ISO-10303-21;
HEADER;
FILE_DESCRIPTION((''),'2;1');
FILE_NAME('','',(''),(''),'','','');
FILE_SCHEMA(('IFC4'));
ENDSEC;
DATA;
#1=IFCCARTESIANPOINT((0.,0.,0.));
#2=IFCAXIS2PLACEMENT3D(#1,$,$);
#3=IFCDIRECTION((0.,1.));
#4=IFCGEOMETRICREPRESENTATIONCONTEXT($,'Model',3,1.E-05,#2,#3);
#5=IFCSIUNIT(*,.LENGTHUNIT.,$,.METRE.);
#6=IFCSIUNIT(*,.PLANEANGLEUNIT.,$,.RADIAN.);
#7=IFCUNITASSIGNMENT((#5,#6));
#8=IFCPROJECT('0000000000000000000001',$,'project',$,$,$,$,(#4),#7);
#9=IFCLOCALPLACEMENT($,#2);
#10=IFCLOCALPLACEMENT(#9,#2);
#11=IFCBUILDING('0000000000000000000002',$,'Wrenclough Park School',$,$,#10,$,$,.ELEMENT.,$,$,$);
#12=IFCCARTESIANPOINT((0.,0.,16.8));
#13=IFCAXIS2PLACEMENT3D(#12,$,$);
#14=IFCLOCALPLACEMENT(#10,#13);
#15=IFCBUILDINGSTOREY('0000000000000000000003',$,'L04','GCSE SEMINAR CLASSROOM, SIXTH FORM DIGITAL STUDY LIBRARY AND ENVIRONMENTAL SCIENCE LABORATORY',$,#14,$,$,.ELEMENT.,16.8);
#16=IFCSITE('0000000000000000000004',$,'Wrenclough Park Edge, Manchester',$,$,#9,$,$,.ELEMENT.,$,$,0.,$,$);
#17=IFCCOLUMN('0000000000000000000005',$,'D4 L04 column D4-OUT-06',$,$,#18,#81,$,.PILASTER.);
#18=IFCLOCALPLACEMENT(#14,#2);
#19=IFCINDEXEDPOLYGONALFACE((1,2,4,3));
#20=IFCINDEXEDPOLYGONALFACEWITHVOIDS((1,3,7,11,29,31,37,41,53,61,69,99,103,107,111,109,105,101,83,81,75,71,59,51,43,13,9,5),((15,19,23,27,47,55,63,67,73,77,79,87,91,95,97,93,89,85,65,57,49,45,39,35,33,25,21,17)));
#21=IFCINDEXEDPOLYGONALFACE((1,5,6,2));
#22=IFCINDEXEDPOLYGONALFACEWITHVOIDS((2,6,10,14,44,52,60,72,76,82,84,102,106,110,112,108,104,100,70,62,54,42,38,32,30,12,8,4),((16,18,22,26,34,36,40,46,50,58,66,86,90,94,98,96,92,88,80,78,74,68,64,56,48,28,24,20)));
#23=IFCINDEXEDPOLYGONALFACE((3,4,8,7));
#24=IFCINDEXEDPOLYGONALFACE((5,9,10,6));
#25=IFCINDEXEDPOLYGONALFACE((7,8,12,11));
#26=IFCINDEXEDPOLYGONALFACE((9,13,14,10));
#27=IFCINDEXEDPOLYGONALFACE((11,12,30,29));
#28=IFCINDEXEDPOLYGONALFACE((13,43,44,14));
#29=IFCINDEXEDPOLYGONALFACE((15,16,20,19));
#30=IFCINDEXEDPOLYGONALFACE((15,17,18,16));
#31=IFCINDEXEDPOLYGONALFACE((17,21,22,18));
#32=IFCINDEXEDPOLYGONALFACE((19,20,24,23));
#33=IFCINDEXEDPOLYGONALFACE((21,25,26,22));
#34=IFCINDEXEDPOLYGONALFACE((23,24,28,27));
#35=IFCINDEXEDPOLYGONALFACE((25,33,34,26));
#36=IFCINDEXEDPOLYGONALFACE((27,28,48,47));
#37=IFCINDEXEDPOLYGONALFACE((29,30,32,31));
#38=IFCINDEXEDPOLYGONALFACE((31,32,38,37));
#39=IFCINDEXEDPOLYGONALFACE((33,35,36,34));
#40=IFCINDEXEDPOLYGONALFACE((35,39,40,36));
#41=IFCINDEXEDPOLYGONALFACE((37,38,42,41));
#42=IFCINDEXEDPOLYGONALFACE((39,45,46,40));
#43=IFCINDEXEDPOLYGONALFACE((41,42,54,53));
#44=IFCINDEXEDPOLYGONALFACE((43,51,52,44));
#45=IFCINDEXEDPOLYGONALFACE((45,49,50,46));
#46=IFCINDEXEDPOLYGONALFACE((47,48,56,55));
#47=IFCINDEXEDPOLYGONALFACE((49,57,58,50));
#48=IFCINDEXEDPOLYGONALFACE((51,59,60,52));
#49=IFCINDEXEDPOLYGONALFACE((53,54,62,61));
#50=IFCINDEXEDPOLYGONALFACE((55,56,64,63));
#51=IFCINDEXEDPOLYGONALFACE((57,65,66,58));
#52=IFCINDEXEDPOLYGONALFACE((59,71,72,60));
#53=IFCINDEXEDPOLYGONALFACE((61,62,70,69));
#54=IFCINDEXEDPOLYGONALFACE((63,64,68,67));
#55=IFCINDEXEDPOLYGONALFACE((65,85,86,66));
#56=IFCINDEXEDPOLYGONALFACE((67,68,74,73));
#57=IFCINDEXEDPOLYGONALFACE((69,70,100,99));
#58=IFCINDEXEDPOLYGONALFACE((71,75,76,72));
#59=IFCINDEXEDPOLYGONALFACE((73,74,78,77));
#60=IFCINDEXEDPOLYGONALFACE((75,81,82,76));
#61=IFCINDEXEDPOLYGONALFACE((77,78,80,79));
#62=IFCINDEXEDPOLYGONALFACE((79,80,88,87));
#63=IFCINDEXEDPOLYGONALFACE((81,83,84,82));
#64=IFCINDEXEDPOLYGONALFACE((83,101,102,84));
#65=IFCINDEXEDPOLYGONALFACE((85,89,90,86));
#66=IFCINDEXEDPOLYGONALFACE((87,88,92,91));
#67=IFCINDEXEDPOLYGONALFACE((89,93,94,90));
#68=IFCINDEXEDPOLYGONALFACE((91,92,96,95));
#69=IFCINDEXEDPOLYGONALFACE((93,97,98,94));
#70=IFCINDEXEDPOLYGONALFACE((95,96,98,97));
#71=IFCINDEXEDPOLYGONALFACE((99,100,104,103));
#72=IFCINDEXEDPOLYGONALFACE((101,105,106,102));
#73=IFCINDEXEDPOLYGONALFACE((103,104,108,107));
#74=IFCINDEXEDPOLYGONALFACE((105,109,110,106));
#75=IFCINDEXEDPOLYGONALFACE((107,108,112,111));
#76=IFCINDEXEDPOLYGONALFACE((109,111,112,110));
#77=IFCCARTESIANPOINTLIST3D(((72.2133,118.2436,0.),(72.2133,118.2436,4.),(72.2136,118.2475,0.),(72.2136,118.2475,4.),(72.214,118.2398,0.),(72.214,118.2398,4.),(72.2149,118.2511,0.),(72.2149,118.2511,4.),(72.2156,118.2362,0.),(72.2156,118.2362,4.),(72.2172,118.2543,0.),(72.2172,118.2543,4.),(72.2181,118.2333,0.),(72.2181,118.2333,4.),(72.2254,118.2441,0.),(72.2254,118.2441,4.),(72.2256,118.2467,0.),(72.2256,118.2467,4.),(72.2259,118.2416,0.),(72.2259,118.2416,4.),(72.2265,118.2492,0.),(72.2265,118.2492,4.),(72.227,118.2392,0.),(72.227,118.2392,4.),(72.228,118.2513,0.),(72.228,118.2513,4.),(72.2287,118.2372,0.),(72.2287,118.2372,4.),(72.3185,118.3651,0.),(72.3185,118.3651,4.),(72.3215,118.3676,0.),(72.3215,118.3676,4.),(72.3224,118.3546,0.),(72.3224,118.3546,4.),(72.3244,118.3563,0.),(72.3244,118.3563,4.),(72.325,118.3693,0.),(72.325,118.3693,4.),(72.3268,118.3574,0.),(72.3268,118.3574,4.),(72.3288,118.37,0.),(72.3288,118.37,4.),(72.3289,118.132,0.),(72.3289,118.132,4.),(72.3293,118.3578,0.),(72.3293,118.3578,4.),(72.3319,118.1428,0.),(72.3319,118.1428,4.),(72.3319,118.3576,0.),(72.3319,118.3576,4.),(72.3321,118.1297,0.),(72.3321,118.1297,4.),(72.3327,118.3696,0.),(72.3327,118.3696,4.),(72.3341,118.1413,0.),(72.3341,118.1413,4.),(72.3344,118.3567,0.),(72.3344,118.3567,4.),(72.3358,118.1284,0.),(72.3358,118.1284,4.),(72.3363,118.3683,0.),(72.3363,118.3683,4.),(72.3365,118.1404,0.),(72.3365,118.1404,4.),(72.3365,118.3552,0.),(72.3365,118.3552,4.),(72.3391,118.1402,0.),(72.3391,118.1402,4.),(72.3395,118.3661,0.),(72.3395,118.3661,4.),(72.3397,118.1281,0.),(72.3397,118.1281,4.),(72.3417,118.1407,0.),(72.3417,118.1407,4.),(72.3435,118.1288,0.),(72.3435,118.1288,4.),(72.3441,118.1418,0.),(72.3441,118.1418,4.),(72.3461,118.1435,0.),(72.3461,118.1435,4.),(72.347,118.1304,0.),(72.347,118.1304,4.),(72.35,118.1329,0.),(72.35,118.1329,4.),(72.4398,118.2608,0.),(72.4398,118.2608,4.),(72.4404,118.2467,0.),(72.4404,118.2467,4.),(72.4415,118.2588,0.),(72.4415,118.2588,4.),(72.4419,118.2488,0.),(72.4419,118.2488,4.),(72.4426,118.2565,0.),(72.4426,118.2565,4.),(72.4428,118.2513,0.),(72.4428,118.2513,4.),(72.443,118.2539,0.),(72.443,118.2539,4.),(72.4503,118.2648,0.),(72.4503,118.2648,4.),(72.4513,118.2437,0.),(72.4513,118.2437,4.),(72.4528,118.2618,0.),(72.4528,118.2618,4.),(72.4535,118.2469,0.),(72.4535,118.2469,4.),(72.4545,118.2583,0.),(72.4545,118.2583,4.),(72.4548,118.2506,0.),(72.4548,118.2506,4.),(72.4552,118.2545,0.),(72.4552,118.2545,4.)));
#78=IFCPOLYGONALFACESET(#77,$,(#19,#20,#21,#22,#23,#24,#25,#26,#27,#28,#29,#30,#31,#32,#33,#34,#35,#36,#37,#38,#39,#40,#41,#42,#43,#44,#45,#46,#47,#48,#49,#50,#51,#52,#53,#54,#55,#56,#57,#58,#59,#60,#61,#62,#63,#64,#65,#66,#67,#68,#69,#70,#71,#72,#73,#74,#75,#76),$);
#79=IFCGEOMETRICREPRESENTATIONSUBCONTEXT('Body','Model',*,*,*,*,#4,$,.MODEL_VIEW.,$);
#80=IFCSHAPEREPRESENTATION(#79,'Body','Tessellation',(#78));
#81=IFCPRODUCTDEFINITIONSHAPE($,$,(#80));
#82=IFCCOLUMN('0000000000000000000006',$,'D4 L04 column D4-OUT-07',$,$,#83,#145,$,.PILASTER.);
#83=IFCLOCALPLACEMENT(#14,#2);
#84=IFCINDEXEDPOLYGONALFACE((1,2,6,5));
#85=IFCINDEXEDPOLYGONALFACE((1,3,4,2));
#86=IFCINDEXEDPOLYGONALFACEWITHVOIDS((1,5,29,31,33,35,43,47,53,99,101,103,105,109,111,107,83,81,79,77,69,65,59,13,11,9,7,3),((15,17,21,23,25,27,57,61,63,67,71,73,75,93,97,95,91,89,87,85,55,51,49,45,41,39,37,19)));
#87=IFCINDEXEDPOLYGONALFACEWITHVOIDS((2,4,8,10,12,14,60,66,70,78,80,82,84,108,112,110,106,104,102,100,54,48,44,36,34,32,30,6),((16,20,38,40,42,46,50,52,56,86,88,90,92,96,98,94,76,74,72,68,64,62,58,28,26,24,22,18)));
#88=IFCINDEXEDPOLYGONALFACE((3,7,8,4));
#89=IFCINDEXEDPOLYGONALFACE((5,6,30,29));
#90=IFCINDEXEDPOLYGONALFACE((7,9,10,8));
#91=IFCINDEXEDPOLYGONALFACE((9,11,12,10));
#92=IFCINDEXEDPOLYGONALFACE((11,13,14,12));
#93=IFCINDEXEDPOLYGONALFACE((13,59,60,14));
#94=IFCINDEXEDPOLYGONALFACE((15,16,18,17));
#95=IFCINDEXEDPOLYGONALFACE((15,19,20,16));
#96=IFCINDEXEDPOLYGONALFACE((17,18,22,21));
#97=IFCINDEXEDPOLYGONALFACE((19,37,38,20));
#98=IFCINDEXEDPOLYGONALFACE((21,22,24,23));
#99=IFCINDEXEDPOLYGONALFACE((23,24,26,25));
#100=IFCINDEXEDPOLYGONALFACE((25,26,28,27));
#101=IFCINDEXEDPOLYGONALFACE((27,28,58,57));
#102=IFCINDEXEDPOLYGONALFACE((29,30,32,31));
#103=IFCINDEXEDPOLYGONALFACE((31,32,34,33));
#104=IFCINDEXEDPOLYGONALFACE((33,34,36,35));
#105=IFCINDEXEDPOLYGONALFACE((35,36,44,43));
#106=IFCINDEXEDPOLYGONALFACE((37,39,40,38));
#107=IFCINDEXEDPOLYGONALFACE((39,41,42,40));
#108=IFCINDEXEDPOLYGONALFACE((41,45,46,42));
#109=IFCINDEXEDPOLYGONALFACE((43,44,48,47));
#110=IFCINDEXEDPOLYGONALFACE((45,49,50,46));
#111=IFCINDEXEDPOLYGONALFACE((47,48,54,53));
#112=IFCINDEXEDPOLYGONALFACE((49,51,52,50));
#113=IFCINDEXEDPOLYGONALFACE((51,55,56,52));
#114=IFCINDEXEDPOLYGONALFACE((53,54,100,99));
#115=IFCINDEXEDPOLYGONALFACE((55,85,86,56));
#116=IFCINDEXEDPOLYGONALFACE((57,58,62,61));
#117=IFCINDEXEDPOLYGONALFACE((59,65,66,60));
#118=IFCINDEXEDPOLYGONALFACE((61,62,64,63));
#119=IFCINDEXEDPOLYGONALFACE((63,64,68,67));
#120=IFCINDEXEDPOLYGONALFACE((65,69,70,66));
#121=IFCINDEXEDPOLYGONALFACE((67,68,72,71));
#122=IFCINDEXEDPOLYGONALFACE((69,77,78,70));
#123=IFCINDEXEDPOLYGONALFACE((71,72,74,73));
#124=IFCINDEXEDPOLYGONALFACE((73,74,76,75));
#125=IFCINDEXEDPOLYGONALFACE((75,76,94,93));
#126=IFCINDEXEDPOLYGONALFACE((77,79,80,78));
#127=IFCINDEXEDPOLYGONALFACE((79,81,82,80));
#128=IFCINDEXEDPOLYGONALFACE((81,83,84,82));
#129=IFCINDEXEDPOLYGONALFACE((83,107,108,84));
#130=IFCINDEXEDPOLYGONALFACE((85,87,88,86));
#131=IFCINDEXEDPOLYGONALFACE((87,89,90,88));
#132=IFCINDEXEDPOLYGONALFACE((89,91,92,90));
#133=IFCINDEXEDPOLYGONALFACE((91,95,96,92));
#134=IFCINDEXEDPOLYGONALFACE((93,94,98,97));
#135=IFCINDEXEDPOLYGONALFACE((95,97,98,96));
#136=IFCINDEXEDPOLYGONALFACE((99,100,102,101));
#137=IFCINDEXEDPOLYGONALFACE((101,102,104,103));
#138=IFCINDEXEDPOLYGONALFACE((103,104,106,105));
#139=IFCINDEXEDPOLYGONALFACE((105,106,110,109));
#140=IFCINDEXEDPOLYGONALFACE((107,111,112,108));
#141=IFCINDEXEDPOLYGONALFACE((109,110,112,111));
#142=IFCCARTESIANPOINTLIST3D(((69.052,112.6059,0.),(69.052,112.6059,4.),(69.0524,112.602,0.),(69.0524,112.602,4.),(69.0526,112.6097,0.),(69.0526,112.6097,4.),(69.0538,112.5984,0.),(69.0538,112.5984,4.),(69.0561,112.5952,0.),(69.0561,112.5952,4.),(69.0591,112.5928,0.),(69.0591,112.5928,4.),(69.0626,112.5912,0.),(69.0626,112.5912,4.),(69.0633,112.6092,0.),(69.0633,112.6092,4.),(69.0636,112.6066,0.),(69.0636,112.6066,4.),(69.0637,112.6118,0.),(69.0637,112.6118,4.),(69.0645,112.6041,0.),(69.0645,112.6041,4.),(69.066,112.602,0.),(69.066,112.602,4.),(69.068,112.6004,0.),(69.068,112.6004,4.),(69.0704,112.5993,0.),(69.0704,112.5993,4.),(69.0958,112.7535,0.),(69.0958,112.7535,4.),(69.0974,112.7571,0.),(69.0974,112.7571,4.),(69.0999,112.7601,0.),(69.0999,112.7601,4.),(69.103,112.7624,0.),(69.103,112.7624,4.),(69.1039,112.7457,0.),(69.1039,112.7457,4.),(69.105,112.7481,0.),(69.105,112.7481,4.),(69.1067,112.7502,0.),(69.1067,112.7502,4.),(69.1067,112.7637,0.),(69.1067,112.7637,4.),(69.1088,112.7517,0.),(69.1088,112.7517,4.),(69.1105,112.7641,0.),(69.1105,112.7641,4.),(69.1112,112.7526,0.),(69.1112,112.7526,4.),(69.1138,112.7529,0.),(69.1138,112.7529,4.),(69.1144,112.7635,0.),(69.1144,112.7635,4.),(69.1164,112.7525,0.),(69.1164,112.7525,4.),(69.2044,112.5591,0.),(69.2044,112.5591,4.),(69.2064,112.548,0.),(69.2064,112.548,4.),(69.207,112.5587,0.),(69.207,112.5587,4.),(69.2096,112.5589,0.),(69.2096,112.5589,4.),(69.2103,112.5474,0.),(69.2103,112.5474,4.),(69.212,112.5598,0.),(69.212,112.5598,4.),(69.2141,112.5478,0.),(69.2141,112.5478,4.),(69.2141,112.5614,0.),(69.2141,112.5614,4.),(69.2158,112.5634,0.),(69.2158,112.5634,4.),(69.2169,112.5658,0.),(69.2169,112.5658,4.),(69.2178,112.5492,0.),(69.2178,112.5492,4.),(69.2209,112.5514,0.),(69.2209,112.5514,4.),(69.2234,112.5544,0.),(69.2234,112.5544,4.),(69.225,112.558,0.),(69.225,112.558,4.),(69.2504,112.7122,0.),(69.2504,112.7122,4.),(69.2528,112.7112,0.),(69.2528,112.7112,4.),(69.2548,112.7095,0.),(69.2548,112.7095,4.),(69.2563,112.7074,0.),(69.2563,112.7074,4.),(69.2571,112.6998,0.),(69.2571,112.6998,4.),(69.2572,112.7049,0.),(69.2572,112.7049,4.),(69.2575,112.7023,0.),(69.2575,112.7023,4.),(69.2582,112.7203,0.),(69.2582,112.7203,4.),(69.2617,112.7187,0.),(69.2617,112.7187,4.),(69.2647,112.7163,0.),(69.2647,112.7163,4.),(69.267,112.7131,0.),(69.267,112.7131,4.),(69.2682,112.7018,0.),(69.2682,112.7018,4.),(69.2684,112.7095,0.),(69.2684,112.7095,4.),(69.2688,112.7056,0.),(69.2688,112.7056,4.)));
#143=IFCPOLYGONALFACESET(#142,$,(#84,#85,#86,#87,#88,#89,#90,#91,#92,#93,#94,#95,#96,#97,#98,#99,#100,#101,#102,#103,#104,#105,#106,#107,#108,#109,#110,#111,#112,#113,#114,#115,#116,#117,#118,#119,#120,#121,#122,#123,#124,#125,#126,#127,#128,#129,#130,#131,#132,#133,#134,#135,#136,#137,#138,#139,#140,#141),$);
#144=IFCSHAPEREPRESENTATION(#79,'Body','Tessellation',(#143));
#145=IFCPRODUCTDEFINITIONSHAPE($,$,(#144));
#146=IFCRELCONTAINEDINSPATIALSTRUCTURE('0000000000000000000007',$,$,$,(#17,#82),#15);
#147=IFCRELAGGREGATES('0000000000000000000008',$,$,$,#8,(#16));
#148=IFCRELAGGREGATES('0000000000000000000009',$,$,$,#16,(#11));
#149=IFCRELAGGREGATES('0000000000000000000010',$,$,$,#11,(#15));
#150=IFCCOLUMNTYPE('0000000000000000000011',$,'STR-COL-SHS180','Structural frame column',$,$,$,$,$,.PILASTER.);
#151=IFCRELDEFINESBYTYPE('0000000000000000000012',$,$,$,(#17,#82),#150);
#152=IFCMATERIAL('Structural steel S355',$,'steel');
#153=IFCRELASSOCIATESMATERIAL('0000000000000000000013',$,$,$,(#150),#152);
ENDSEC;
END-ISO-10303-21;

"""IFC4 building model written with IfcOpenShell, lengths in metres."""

from ifc_helpers import new_model, si_unit, direction, frame, origin, origin_2d, place, context, subcontext, project, spatial, hollow_rectangle, extrude, material, material_profile, profile_set, type_object, element, save


model = new_model("IFC4")

# Units and contexts
model_context = context("Model", 3, precision=1e-05, world=origin(), true_north=direction((0.0, 1.0)))
body_context = subcontext(model_context, "Body", "Model", "MODEL_VIEW")
ifc_project = project(units=[si_unit("LENGTHUNIT", "METRE"), si_unit("PLANEANGLEUNIT", "RADIAN")], contexts=[model_context])

# Site, building, storey
site_placement = place(None, origin())
site = spatial("IfcSite", under=ifc_project, at=site_placement, Name="Wrenclough Park Edge, Manchester", CompositionType="ELEMENT", RefElevation=0.0)
building_placement = place(site_placement, origin())
building = spatial("IfcBuilding", under=site, at=building_placement, Name="Wrenclough Park School", CompositionType="ELEMENT")
storey_placement = place(building_placement, frame((0.0, 0.0, 16.8)))
storey = spatial("IfcBuildingStorey", under=building, at=storey_placement, Name="L04", Description="GCSE SEMINAR CLASSROOM, SIXTH FORM DIGITAL STUDY LIBRARY AND ENVIRONMENTAL SCIENCE LABORATORY", CompositionType="ELEMENT", Elevation=16.8)

# Columns
ifc_material_1 = material(Name="Structural steel S355", Category="steel")
ifc_material_profile_1 = material_profile(ifc_material_1, hollow_rectangle(XDim=0.1799, YDim=0.1799, WallThickness=0.01, InnerFilletRadius=0.01, OuterFilletRadius=0.0149, at=origin_2d()), Name="SHS 180x180x10.0")
ifc_profile_set_1 = profile_set([ifc_material_profile_1], Name="Structural steel S355")
column_type = type_object("IfcColumnType", Name="STR-COL-SHS180", Description="Structural frame column", PredefinedType="PILASTER", material=ifc_profile_set_1)
for number, where, z_axis, x_axis, name in (
    (1, (72.3342, 118.249, 0.0), (0.0, 0.0, 1.0), (-0.674689, -0.738102, 0.0), "D4 L04 column D4-OUT-06"),
    (2, (69.1604, 112.6558, 0.0), (0.0, 0.0, 1.0), (-0.287528, -0.957772, 0.0), "D4 L04 column D4-OUT-07"),
):
    element("IfcColumn", number, at=place(storey_placement, frame(where, z_axis=z_axis, x_axis=x_axis)), inside=storey, type_object=column_type, Name=name, PredefinedType="PILASTER", context=body_context, shape_type="SweptSolid", body=[
        extrude(hollow_rectangle(XDim=0.1799, YDim=0.1799, WallThickness=0.01, InnerFilletRadius=0.01, OuterFilletRadius=0.0149, at=origin_2d()), origin(), (0.0, 0.0, 1.0), 4.0),
    ])

save(model, "model.ifc")
